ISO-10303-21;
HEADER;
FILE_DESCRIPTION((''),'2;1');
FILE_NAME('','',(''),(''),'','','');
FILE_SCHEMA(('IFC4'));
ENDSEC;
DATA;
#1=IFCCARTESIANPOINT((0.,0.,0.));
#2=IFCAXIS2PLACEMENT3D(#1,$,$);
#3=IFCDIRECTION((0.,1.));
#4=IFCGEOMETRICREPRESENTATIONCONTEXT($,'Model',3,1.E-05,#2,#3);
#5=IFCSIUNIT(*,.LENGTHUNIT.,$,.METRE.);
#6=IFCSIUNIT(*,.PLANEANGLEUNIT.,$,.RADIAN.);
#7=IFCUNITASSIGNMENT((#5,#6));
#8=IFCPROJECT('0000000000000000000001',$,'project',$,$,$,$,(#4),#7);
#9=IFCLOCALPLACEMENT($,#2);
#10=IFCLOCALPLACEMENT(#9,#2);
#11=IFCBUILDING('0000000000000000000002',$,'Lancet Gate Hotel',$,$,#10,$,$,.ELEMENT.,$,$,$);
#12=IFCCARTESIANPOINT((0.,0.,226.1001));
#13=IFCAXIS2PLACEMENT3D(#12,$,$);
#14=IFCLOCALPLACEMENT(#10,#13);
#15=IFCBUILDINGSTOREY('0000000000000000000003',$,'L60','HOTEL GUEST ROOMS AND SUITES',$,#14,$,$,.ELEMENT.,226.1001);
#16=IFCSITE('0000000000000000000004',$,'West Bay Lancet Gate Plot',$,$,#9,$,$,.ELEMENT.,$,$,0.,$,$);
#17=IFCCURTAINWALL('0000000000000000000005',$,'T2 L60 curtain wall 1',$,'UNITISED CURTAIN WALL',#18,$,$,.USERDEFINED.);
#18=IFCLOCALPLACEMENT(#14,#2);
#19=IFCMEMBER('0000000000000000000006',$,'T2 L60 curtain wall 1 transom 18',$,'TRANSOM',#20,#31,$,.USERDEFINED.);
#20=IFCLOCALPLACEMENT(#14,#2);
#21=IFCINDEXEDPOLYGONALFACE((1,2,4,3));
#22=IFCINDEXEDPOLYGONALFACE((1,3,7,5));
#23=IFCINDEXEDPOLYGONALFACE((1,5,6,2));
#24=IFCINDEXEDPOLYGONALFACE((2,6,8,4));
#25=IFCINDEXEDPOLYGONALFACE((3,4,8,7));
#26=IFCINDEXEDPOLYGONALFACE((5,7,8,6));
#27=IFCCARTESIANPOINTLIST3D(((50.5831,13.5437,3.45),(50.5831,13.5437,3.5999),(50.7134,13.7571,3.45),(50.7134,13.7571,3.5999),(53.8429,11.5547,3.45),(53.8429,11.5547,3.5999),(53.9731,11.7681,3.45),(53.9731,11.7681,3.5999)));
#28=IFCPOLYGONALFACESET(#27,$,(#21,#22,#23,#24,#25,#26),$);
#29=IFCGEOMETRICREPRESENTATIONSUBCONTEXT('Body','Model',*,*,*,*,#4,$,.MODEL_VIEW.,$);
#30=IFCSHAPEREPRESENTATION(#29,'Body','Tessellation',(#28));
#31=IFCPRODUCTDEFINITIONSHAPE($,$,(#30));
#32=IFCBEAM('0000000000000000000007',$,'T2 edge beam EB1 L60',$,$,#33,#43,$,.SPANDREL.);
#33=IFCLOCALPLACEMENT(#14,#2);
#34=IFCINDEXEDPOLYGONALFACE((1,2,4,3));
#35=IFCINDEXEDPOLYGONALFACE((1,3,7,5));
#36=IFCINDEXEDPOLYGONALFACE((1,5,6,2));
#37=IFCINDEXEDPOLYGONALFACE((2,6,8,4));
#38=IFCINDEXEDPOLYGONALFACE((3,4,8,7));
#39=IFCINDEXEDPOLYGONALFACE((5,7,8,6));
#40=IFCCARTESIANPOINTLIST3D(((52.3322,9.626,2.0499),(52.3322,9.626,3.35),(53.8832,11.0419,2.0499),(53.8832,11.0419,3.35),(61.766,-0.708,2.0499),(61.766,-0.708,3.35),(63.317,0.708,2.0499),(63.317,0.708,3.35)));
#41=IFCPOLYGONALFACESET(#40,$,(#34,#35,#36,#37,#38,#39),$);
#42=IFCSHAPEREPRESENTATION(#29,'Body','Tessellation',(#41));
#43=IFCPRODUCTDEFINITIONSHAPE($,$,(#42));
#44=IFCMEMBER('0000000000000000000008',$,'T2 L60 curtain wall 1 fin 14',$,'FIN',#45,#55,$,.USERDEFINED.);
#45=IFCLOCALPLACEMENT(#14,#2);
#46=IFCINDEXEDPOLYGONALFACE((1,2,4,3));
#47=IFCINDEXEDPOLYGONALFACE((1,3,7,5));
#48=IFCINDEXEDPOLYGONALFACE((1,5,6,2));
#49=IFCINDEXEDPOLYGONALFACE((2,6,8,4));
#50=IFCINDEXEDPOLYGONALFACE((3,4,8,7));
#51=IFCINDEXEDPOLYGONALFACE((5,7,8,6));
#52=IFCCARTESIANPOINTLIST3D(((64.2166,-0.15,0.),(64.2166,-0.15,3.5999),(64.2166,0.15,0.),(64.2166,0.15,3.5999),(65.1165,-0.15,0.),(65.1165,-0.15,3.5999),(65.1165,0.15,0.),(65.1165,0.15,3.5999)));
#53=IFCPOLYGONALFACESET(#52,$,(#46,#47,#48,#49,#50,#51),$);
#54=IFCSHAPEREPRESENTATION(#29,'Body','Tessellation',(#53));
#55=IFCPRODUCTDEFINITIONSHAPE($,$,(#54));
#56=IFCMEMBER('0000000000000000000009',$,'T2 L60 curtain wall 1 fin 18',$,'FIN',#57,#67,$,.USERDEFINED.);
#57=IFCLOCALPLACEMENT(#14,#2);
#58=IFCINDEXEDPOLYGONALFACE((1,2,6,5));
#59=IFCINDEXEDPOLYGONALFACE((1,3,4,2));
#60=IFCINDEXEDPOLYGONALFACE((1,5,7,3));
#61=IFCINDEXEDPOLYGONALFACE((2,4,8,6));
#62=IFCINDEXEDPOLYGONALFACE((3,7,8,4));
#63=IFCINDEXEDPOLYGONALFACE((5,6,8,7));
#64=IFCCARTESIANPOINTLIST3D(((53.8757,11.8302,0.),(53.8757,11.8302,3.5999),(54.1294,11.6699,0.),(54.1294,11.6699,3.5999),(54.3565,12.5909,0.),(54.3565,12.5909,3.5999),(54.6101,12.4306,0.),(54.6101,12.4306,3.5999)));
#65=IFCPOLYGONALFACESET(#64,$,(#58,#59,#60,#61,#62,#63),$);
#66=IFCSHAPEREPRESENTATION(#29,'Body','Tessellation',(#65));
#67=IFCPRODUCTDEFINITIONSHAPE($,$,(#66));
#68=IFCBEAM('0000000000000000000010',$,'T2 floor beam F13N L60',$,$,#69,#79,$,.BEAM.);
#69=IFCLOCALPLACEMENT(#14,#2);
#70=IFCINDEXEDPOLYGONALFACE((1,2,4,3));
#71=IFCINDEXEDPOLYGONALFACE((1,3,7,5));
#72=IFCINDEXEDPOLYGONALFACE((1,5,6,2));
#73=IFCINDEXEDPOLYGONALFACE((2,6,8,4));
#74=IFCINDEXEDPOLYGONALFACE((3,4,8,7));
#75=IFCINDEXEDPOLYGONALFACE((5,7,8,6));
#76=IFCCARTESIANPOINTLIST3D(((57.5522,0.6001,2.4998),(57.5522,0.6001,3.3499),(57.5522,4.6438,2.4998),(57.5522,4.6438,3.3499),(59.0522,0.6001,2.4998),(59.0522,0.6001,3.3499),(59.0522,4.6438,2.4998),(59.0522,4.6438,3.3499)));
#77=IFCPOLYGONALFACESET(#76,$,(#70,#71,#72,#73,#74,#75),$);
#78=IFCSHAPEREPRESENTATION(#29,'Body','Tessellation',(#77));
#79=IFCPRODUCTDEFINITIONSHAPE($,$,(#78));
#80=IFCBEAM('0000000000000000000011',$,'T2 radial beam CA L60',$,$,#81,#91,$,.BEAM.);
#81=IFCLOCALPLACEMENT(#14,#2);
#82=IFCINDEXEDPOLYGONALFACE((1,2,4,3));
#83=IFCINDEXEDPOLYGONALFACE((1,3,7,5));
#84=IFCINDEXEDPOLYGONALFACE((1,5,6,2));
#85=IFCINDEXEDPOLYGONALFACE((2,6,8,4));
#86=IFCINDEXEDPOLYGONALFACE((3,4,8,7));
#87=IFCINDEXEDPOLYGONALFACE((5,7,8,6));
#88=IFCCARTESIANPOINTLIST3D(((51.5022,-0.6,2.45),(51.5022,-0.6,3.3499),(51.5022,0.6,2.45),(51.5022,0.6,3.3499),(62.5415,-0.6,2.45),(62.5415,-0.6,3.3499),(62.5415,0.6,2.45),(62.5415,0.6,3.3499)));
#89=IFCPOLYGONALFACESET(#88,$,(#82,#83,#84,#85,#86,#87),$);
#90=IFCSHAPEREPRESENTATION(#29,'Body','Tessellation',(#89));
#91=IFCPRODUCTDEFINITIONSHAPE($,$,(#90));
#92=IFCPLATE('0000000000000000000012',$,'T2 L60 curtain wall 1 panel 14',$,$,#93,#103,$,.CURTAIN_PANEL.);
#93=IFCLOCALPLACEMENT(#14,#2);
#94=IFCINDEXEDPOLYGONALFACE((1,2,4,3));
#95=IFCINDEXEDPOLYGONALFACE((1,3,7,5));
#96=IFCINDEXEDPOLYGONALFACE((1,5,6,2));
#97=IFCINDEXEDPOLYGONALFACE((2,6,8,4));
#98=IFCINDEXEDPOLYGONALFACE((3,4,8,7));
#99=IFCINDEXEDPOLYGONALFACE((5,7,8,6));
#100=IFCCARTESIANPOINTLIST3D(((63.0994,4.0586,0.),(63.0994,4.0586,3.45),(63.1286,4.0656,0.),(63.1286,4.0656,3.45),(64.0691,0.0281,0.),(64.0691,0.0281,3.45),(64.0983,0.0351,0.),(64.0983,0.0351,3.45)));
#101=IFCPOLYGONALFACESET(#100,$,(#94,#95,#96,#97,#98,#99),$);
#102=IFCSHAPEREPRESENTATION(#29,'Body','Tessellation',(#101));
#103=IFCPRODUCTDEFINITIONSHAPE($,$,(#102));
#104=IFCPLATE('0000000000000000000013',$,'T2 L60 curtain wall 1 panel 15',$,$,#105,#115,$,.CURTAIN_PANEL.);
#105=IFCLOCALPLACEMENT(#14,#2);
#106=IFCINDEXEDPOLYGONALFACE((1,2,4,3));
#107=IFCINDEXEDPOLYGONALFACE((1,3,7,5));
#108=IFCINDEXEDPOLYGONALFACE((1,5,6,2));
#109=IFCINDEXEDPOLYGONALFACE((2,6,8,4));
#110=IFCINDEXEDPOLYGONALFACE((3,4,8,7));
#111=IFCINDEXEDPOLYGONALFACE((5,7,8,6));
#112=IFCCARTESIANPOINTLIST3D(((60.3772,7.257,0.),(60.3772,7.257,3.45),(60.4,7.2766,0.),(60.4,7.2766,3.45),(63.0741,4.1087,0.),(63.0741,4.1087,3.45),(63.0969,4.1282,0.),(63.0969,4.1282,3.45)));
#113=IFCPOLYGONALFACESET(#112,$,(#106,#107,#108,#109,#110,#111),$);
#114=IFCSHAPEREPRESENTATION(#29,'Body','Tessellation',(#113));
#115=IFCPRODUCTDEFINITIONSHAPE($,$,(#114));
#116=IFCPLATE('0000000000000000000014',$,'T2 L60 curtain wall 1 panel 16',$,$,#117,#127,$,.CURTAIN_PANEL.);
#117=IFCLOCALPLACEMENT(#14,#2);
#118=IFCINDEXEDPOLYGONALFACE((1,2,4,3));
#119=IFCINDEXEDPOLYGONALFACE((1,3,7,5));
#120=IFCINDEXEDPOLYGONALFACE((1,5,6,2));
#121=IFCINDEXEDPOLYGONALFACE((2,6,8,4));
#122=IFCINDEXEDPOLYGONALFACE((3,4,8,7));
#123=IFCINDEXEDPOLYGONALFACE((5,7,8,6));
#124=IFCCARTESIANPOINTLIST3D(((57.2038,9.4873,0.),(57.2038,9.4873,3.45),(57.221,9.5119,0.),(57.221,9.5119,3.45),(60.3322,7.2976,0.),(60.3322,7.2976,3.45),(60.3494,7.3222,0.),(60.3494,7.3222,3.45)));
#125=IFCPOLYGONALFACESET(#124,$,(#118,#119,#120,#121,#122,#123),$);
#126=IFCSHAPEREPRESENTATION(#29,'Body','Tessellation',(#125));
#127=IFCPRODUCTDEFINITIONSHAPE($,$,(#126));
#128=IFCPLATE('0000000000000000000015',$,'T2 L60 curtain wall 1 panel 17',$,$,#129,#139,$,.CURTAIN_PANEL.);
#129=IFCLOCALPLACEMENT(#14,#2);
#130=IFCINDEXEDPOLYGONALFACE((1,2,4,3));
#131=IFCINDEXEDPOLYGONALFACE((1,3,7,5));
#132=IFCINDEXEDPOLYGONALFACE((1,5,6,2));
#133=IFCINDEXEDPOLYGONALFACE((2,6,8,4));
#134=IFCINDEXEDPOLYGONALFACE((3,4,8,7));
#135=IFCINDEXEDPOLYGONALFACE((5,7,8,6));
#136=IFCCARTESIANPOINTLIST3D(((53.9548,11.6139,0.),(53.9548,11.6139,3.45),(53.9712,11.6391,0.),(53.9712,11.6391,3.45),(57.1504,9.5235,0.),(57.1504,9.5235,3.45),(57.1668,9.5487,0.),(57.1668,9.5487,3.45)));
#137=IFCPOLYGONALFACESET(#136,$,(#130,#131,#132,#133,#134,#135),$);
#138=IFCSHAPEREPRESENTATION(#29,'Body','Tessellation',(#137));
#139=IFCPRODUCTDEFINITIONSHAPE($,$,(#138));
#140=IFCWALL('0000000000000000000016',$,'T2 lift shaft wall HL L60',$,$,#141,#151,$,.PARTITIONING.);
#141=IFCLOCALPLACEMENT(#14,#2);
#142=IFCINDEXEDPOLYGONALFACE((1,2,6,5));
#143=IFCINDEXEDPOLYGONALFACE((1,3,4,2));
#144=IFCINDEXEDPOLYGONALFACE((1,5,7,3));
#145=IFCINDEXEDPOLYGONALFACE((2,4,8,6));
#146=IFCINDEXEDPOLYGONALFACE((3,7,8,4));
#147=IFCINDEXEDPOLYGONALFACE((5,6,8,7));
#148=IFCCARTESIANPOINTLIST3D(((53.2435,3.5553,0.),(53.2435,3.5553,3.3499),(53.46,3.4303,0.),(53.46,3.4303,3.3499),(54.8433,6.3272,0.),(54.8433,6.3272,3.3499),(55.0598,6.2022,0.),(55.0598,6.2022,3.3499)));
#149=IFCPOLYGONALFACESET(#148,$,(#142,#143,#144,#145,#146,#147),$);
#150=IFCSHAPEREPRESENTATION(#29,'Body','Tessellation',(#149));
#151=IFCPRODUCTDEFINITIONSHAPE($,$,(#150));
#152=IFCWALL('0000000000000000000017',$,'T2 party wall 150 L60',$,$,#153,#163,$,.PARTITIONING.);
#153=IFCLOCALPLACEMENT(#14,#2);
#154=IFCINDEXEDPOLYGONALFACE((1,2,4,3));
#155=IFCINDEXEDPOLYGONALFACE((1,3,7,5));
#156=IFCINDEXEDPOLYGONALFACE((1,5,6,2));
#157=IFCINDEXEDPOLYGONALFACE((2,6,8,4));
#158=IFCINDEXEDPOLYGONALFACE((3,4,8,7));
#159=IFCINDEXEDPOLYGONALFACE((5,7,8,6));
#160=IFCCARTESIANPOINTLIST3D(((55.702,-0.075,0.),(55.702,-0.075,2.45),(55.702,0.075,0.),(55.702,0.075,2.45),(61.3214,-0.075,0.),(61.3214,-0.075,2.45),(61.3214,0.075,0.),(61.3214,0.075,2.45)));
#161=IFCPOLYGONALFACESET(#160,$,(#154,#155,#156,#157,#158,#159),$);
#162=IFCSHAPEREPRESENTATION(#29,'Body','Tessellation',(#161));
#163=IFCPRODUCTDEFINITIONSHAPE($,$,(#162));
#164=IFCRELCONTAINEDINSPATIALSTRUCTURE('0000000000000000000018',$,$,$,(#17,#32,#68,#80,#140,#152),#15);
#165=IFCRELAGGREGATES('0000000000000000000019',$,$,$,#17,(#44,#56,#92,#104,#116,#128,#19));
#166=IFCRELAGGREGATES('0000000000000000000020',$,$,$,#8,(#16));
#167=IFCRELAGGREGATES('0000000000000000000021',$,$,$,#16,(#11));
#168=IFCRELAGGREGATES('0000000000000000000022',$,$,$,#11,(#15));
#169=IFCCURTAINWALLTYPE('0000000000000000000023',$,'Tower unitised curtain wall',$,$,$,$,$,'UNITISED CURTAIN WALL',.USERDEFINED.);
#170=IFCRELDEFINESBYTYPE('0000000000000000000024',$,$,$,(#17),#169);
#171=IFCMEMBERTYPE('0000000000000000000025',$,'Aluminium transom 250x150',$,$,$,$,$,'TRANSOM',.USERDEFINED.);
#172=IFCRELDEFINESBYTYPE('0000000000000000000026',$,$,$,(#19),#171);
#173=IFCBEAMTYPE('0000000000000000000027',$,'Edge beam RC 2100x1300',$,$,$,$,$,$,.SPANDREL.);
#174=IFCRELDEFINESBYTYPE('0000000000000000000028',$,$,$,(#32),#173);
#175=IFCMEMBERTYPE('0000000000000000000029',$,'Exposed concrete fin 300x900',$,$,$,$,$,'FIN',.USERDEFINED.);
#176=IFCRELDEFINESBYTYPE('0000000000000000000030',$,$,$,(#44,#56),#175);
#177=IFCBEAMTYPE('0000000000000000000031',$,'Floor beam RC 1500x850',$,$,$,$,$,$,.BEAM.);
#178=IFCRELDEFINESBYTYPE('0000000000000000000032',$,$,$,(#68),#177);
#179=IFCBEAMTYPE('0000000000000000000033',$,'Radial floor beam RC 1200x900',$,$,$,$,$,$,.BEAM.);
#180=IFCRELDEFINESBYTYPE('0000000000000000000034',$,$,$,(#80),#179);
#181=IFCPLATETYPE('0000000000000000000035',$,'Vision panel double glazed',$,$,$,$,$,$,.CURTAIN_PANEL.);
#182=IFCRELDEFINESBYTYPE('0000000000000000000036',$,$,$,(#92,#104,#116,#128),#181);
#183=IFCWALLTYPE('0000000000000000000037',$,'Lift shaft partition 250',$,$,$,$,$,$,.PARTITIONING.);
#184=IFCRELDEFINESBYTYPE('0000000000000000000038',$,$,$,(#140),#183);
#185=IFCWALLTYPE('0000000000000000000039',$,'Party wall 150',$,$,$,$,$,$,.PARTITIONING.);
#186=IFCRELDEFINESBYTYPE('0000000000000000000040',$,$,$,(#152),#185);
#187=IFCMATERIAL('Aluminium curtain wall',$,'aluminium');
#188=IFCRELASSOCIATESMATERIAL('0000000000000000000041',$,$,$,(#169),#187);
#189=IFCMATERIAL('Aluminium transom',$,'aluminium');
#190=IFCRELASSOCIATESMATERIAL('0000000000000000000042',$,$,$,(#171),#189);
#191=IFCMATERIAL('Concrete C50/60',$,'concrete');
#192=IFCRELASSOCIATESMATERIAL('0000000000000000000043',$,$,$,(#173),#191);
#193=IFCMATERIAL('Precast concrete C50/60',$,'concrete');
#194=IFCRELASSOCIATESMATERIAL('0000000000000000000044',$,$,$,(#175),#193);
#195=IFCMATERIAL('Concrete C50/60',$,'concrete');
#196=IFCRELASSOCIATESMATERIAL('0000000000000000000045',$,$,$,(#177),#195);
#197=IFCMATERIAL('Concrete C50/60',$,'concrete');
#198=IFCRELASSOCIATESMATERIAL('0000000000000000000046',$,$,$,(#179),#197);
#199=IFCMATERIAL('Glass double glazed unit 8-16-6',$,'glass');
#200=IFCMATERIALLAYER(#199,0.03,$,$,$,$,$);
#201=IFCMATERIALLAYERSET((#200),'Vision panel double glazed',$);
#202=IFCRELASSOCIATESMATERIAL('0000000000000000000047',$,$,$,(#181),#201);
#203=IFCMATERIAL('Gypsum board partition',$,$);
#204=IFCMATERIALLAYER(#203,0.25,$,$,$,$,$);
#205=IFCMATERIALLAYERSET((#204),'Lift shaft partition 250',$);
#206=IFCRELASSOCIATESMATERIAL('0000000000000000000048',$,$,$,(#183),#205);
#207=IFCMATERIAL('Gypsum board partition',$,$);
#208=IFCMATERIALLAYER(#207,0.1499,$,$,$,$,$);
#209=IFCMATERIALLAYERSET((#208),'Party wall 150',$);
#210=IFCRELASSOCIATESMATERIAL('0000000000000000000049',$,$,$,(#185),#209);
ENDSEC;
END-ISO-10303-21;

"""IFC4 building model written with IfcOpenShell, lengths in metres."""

from ifc_helpers import new_model, si_unit, direction, frame, frame_2d, origin, origin_2d, place, context, subcontext, project, spatial, rectangle, extrude, material, layer, layer_set, material_profile, profile_set, type_object, element, aggregate, save


model = new_model("IFC4")

# Units and contexts
model_context = context("Model", 3, precision=1e-05, world=origin(), true_north=direction((0.0, 1.0)))
body_context = subcontext(model_context, "Body", "Model", "MODEL_VIEW")
ifc_project = project(units=[si_unit("LENGTHUNIT", "METRE"), si_unit("PLANEANGLEUNIT", "RADIAN")], contexts=[model_context])

# Site, building, storey
site_placement = place(None, origin())
site = spatial("IfcSite", under=ifc_project, at=site_placement, Name="West Bay Lancet Gate Plot", CompositionType="ELEMENT", RefElevation=0.0)
building_placement = place(site_placement, origin())
building = spatial("IfcBuilding", under=site, at=building_placement, Name="Lancet Gate Hotel", CompositionType="ELEMENT")
storey_placement = place(building_placement, frame((0.0, 0.0, 226.1001)))
storey = spatial("IfcBuildingStorey", under=building, at=storey_placement, Name="L60", Description="HOTEL GUEST ROOMS AND SUITES", CompositionType="ELEMENT", Elevation=226.1001)

# Curtain wall, member
ifc_material_1 = material(Name="Aluminium curtain wall", Category="aluminium")
curtain_wall_type = type_object("IfcCurtainWallType", Name="Tower unitised curtain wall", ElementType="UNITISED CURTAIN WALL", PredefinedType="USERDEFINED", material=ifc_material_1)
curtain_wall_placement = place(storey_placement, origin())
curtain_wall = element("IfcCurtainWall", 1, at=curtain_wall_placement, inside=storey, type_object=curtain_wall_type, Name="T2 L60 curtain wall 1", ObjectType="UNITISED CURTAIN WALL", PredefinedType="USERDEFINED")
ifc_material_2 = material(Name="Aluminium transom", Category="aluminium")
ifc_material_profile_1 = material_profile(ifc_material_2, rectangle(XDim=0.25, YDim=0.1499, at=origin_2d()), Name="TRANSOM 250x150")
ifc_profile_set_1 = profile_set([ifc_material_profile_1], Name="Aluminium transom")
member_type_1 = type_object("IfcMemberType", Name="Aluminium transom 250x150", ElementType="TRANSOM", PredefinedType="USERDEFINED", material=ifc_profile_set_1)
member_1_placement = place(storey_placement, frame((53.908, 11.6614, 3.5249), z_axis=(-0.853639, 0.520865, 0.0), x_axis=(-0.520865, -0.853639, 0.0)))
member_1 = element("IfcMember", 2, at=member_1_placement, type_object=member_type_1, Name="T2 L60 curtain wall 1 transom 18", ObjectType="TRANSOM", PredefinedType="USERDEFINED", context=body_context, shape_type="SweptSolid", body=[
    extrude(rectangle(XDim=0.25, YDim=0.1499, at=origin_2d()), origin(), (0.0, 0.0, 1.0), 3.8186),
])

# Beam
ifc_material_3 = material(Name="Concrete C50/60", Category="concrete")
ifc_material_profile_2 = material_profile(ifc_material_3, rectangle(XDim=2.1001, YDim=1.3, at=origin_2d()), Name="RC 2100x1300")
ifc_profile_set_2 = profile_set([ifc_material_profile_2], Name="Concrete C50/60")
beam_type_1 = type_object("IfcBeamType", Name="Edge beam RC 2100x1300", PredefinedType="SPANDREL", material=ifc_profile_set_2)
beam_1_placement = place(storey_placement, frame((62.5415, 0.0, 2.7), z_axis=(-0.674209, 0.73854, 0.0), x_axis=(-0.73854, -0.674209, 0.0)))
element("IfcBeam", 3, at=beam_1_placement, inside=storey, type_object=beam_type_1, Name="T2 edge beam EB1 L60", PredefinedType="SPANDREL", context=body_context, shape_type="SweptSolid", body=[
    extrude(rectangle(XDim=2.1001, YDim=1.3, at=origin_2d()), origin(), (0.0, 0.0, 1.0), 13.9924),
])

# Members
ifc_material_4 = material(Name="Precast concrete C50/60", Category="concrete")
ifc_material_profile_3 = material_profile(ifc_material_4, rectangle(XDim=0.3, YDim=0.8999, at=origin_2d()), Name="FIN 300x900")
ifc_profile_set_3 = profile_set([ifc_material_profile_3], Name="Precast concrete C50/60")
member_type_2 = type_object("IfcMemberType", Name="Exposed concrete fin 300x900", ElementType="FIN", PredefinedType="USERDEFINED", material=ifc_profile_set_3)
member_2_placement = place(storey_placement, frame((64.6665, 0.0, 0.0), z_axis=(0.0, 0.0, 1.0), x_axis=(0.0, 1.0, 0.0)))
member_2 = element("IfcMember", 4, at=member_2_placement, type_object=member_type_2, Name="T2 L60 curtain wall 1 fin 14", ObjectType="FIN", PredefinedType="USERDEFINED", context=body_context, shape_type="SweptSolid", body=[
    extrude(rectangle(XDim=0.3, YDim=0.8999, at=origin_2d()), origin(), (0.0, 0.0, 1.0), 3.5999),
])
member_3_placement = place(storey_placement, frame((54.2429, 12.1304, 0.0), z_axis=(0.0, 0.0, 1.0), x_axis=(-0.84534, 0.534229, 0.0)))
member_3 = element("IfcMember", 5, at=member_3_placement, type_object=member_type_2, Name="T2 L60 curtain wall 1 fin 18", ObjectType="FIN", PredefinedType="USERDEFINED", context=body_context, shape_type="SweptSolid", body=[
    extrude(rectangle(XDim=0.3, YDim=0.8999, at=origin_2d()), origin(), (0.0, 0.0, 1.0), 3.5999),
])

# Beams
ifc_material_5 = material(Name="Concrete C50/60", Category="concrete")
ifc_material_profile_4 = material_profile(ifc_material_5, rectangle(XDim=1.5, YDim=0.8501, at=origin_2d()), Name="RC 1500x850")
ifc_profile_set_4 = profile_set([ifc_material_profile_4], Name="Concrete C50/60")
beam_type_2 = type_object("IfcBeamType", Name="Floor beam RC 1500x850", PredefinedType="BEAM", material=ifc_profile_set_4)
beam_2_placement = place(storey_placement, frame((58.3022, 0.6001, 2.9248), z_axis=(0.0, 1.0, 0.0), x_axis=(-1.0, 0.0, 0.0)))
element("IfcBeam", 6, at=beam_2_placement, inside=storey, type_object=beam_type_2, Name="T2 floor beam F13N L60", PredefinedType="BEAM", context=body_context, shape_type="SweptSolid", body=[
    extrude(rectangle(XDim=1.5, YDim=0.8501, at=origin_2d()), origin(), (0.0, 0.0, 1.0), 4.0437),
])
ifc_material_6 = material(Name="Concrete C50/60", Category="concrete")
ifc_material_profile_5 = material_profile(ifc_material_6, rectangle(XDim=1.2, YDim=0.8999, at=origin_2d()), Name="RC 1200x900")
ifc_profile_set_5 = profile_set([ifc_material_profile_5], Name="Concrete C50/60")
beam_type_3 = type_object("IfcBeamType", Name="Radial floor beam RC 1200x900", PredefinedType="BEAM", material=ifc_profile_set_5)
beam_3_placement = place(storey_placement, frame((62.5415, 0.0, 2.8999), z_axis=(-1.0, 0.0, 0.0), x_axis=(0.0, -1.0, 0.0)))
element("IfcBeam", 7, at=beam_3_placement, inside=storey, type_object=beam_type_3, Name="T2 radial beam CA L60", PredefinedType="BEAM", context=body_context, shape_type="SweptSolid", body=[
    extrude(rectangle(XDim=1.2, YDim=0.8999, at=origin_2d()), origin(), (0.0, 0.0, 1.0), 11.0393),
])

# Plates
ifc_material_7 = material(Name="Glass double glazed unit 8-16-6", Category="glass")
ifc_layer_1 = layer(ifc_material_7, 0.03)
ifc_layer_set_1 = layer_set([ifc_layer_1], Name="Vision panel double glazed")
plate_type = type_object("IfcPlateType", Name="Vision panel double glazed", PredefinedType="CURTAIN_PANEL", material=ifc_layer_set_1)
plate_1_placement = place(storey_placement, frame((63.5989, 2.0469, 0.0), z_axis=(0.0, 0.0, 1.0), x_axis=(-0.233916, 0.972257, 0.0)))
plate_1 = element("IfcPlate", 8, at=plate_1_placement, type_object=plate_type, Name="T2 L60 curtain wall 1 panel 14", PredefinedType="CURTAIN_PANEL", context=body_context, shape_type="SweptSolid", body=[
    extrude(rectangle(XDim=4.1455, YDim=0.03, at=origin_2d()), origin(), (0.0, 0.0, 1.0), 3.45),
])
plate_2_placement = place(storey_placement, frame((61.7371, 5.6926, 0.0), z_axis=(0.0, 0.0, 1.0), x_axis=(-0.650552, 0.759462, 0.0)))
plate_2 = element("IfcPlate", 9, at=plate_2_placement, type_object=plate_type, Name="T2 L60 curtain wall 1 panel 15", PredefinedType="CURTAIN_PANEL", context=body_context, shape_type="SweptSolid", body=[
    extrude(rectangle(XDim=4.1455, YDim=0.03, at=origin_2d()), origin(), (0.0, 0.0, 1.0), 3.45),
])
plate_3_placement = place(storey_placement, frame((58.7766, 8.4048, 0.0), z_axis=(0.0, 0.0, 1.0), x_axis=(-0.819255, 0.573429, 0.0)))
plate_3 = element("IfcPlate", 10, at=plate_3_placement, type_object=plate_type, Name="T2 L60 curtain wall 1 panel 16", PredefinedType="CURTAIN_PANEL", context=body_context, shape_type="SweptSolid", body=[
    extrude(rectangle(XDim=3.8186, YDim=0.03, at=origin_2d()), origin(), (0.0, 0.0, 1.0), 3.45),
])
plate_4_placement = place(storey_placement, frame((55.5608, 10.5813, 0.0), z_axis=(0.0, 0.0, 1.0), x_axis=(-0.83685, 0.547432, 0.0)))
plate_4 = element("IfcPlate", 11, at=plate_4_placement, type_object=plate_type, Name="T2 L60 curtain wall 1 panel 17", PredefinedType="CURTAIN_PANEL", context=body_context, shape_type="SweptSolid", body=[
    extrude(rectangle(XDim=3.8186, YDim=0.03, at=origin_2d()), origin(), (0.0, 0.0, 1.0), 3.45),
])
aggregate(curtain_wall, [member_2, member_3, plate_1, plate_2, plate_3, plate_4, member_1])

# Walls
ifc_material_8 = material(Name="Gypsum board partition")
ifc_layer_2 = layer(ifc_material_8, 0.25)
ifc_layer_set_2 = layer_set([ifc_layer_2], Name="Lift shaft partition 250")
wall_type_1 = type_object("IfcWallType", Name="Lift shaft partition 250", PredefinedType="PARTITIONING", material=ifc_layer_set_2)
wall_1_placement = place(storey_placement, frame((53.3518, 3.4929, 0.0), z_axis=(0.0, 0.0, 1.0), x_axis=(0.499872, 0.866099, 0.0)))
element("IfcWall", 12, at=wall_1_placement, inside=storey, type_object=wall_type_1, Name="T2 lift shaft wall HL L60", PredefinedType="PARTITIONING", context=body_context, shape_type="SweptSolid", body=[
    extrude(rectangle(XDim=3.2004, YDim=0.25, at=frame_2d((1.6001, 0.0))), origin(), (0.0, 0.0, 1.0), 3.3499),
])
ifc_material_9 = material(Name="Gypsum board partition")
ifc_layer_3 = layer(ifc_material_9, 0.1499)
ifc_layer_set_3 = layer_set([ifc_layer_3], Name="Party wall 150")
wall_type_2 = type_object("IfcWallType", Name="Party wall 150", PredefinedType="PARTITIONING", material=ifc_layer_set_3)
wall_2_placement = place(storey_placement, frame((55.7021, 0.0, 0.0), z_axis=(0.0, 0.0, 1.0), x_axis=(1.0, 0.0, 0.0)))
element("IfcWall", 13, at=wall_2_placement, inside=storey, type_object=wall_type_2, Name="T2 party wall 150 L60", PredefinedType="PARTITIONING", context=body_context, shape_type="SweptSolid", body=[
    extrude(rectangle(XDim=5.6194, YDim=0.1499, at=frame_2d((2.8096, 0.0))), origin(), (0.0, 0.0, 1.0), 2.45),
])

save(model, "model.ifc")
